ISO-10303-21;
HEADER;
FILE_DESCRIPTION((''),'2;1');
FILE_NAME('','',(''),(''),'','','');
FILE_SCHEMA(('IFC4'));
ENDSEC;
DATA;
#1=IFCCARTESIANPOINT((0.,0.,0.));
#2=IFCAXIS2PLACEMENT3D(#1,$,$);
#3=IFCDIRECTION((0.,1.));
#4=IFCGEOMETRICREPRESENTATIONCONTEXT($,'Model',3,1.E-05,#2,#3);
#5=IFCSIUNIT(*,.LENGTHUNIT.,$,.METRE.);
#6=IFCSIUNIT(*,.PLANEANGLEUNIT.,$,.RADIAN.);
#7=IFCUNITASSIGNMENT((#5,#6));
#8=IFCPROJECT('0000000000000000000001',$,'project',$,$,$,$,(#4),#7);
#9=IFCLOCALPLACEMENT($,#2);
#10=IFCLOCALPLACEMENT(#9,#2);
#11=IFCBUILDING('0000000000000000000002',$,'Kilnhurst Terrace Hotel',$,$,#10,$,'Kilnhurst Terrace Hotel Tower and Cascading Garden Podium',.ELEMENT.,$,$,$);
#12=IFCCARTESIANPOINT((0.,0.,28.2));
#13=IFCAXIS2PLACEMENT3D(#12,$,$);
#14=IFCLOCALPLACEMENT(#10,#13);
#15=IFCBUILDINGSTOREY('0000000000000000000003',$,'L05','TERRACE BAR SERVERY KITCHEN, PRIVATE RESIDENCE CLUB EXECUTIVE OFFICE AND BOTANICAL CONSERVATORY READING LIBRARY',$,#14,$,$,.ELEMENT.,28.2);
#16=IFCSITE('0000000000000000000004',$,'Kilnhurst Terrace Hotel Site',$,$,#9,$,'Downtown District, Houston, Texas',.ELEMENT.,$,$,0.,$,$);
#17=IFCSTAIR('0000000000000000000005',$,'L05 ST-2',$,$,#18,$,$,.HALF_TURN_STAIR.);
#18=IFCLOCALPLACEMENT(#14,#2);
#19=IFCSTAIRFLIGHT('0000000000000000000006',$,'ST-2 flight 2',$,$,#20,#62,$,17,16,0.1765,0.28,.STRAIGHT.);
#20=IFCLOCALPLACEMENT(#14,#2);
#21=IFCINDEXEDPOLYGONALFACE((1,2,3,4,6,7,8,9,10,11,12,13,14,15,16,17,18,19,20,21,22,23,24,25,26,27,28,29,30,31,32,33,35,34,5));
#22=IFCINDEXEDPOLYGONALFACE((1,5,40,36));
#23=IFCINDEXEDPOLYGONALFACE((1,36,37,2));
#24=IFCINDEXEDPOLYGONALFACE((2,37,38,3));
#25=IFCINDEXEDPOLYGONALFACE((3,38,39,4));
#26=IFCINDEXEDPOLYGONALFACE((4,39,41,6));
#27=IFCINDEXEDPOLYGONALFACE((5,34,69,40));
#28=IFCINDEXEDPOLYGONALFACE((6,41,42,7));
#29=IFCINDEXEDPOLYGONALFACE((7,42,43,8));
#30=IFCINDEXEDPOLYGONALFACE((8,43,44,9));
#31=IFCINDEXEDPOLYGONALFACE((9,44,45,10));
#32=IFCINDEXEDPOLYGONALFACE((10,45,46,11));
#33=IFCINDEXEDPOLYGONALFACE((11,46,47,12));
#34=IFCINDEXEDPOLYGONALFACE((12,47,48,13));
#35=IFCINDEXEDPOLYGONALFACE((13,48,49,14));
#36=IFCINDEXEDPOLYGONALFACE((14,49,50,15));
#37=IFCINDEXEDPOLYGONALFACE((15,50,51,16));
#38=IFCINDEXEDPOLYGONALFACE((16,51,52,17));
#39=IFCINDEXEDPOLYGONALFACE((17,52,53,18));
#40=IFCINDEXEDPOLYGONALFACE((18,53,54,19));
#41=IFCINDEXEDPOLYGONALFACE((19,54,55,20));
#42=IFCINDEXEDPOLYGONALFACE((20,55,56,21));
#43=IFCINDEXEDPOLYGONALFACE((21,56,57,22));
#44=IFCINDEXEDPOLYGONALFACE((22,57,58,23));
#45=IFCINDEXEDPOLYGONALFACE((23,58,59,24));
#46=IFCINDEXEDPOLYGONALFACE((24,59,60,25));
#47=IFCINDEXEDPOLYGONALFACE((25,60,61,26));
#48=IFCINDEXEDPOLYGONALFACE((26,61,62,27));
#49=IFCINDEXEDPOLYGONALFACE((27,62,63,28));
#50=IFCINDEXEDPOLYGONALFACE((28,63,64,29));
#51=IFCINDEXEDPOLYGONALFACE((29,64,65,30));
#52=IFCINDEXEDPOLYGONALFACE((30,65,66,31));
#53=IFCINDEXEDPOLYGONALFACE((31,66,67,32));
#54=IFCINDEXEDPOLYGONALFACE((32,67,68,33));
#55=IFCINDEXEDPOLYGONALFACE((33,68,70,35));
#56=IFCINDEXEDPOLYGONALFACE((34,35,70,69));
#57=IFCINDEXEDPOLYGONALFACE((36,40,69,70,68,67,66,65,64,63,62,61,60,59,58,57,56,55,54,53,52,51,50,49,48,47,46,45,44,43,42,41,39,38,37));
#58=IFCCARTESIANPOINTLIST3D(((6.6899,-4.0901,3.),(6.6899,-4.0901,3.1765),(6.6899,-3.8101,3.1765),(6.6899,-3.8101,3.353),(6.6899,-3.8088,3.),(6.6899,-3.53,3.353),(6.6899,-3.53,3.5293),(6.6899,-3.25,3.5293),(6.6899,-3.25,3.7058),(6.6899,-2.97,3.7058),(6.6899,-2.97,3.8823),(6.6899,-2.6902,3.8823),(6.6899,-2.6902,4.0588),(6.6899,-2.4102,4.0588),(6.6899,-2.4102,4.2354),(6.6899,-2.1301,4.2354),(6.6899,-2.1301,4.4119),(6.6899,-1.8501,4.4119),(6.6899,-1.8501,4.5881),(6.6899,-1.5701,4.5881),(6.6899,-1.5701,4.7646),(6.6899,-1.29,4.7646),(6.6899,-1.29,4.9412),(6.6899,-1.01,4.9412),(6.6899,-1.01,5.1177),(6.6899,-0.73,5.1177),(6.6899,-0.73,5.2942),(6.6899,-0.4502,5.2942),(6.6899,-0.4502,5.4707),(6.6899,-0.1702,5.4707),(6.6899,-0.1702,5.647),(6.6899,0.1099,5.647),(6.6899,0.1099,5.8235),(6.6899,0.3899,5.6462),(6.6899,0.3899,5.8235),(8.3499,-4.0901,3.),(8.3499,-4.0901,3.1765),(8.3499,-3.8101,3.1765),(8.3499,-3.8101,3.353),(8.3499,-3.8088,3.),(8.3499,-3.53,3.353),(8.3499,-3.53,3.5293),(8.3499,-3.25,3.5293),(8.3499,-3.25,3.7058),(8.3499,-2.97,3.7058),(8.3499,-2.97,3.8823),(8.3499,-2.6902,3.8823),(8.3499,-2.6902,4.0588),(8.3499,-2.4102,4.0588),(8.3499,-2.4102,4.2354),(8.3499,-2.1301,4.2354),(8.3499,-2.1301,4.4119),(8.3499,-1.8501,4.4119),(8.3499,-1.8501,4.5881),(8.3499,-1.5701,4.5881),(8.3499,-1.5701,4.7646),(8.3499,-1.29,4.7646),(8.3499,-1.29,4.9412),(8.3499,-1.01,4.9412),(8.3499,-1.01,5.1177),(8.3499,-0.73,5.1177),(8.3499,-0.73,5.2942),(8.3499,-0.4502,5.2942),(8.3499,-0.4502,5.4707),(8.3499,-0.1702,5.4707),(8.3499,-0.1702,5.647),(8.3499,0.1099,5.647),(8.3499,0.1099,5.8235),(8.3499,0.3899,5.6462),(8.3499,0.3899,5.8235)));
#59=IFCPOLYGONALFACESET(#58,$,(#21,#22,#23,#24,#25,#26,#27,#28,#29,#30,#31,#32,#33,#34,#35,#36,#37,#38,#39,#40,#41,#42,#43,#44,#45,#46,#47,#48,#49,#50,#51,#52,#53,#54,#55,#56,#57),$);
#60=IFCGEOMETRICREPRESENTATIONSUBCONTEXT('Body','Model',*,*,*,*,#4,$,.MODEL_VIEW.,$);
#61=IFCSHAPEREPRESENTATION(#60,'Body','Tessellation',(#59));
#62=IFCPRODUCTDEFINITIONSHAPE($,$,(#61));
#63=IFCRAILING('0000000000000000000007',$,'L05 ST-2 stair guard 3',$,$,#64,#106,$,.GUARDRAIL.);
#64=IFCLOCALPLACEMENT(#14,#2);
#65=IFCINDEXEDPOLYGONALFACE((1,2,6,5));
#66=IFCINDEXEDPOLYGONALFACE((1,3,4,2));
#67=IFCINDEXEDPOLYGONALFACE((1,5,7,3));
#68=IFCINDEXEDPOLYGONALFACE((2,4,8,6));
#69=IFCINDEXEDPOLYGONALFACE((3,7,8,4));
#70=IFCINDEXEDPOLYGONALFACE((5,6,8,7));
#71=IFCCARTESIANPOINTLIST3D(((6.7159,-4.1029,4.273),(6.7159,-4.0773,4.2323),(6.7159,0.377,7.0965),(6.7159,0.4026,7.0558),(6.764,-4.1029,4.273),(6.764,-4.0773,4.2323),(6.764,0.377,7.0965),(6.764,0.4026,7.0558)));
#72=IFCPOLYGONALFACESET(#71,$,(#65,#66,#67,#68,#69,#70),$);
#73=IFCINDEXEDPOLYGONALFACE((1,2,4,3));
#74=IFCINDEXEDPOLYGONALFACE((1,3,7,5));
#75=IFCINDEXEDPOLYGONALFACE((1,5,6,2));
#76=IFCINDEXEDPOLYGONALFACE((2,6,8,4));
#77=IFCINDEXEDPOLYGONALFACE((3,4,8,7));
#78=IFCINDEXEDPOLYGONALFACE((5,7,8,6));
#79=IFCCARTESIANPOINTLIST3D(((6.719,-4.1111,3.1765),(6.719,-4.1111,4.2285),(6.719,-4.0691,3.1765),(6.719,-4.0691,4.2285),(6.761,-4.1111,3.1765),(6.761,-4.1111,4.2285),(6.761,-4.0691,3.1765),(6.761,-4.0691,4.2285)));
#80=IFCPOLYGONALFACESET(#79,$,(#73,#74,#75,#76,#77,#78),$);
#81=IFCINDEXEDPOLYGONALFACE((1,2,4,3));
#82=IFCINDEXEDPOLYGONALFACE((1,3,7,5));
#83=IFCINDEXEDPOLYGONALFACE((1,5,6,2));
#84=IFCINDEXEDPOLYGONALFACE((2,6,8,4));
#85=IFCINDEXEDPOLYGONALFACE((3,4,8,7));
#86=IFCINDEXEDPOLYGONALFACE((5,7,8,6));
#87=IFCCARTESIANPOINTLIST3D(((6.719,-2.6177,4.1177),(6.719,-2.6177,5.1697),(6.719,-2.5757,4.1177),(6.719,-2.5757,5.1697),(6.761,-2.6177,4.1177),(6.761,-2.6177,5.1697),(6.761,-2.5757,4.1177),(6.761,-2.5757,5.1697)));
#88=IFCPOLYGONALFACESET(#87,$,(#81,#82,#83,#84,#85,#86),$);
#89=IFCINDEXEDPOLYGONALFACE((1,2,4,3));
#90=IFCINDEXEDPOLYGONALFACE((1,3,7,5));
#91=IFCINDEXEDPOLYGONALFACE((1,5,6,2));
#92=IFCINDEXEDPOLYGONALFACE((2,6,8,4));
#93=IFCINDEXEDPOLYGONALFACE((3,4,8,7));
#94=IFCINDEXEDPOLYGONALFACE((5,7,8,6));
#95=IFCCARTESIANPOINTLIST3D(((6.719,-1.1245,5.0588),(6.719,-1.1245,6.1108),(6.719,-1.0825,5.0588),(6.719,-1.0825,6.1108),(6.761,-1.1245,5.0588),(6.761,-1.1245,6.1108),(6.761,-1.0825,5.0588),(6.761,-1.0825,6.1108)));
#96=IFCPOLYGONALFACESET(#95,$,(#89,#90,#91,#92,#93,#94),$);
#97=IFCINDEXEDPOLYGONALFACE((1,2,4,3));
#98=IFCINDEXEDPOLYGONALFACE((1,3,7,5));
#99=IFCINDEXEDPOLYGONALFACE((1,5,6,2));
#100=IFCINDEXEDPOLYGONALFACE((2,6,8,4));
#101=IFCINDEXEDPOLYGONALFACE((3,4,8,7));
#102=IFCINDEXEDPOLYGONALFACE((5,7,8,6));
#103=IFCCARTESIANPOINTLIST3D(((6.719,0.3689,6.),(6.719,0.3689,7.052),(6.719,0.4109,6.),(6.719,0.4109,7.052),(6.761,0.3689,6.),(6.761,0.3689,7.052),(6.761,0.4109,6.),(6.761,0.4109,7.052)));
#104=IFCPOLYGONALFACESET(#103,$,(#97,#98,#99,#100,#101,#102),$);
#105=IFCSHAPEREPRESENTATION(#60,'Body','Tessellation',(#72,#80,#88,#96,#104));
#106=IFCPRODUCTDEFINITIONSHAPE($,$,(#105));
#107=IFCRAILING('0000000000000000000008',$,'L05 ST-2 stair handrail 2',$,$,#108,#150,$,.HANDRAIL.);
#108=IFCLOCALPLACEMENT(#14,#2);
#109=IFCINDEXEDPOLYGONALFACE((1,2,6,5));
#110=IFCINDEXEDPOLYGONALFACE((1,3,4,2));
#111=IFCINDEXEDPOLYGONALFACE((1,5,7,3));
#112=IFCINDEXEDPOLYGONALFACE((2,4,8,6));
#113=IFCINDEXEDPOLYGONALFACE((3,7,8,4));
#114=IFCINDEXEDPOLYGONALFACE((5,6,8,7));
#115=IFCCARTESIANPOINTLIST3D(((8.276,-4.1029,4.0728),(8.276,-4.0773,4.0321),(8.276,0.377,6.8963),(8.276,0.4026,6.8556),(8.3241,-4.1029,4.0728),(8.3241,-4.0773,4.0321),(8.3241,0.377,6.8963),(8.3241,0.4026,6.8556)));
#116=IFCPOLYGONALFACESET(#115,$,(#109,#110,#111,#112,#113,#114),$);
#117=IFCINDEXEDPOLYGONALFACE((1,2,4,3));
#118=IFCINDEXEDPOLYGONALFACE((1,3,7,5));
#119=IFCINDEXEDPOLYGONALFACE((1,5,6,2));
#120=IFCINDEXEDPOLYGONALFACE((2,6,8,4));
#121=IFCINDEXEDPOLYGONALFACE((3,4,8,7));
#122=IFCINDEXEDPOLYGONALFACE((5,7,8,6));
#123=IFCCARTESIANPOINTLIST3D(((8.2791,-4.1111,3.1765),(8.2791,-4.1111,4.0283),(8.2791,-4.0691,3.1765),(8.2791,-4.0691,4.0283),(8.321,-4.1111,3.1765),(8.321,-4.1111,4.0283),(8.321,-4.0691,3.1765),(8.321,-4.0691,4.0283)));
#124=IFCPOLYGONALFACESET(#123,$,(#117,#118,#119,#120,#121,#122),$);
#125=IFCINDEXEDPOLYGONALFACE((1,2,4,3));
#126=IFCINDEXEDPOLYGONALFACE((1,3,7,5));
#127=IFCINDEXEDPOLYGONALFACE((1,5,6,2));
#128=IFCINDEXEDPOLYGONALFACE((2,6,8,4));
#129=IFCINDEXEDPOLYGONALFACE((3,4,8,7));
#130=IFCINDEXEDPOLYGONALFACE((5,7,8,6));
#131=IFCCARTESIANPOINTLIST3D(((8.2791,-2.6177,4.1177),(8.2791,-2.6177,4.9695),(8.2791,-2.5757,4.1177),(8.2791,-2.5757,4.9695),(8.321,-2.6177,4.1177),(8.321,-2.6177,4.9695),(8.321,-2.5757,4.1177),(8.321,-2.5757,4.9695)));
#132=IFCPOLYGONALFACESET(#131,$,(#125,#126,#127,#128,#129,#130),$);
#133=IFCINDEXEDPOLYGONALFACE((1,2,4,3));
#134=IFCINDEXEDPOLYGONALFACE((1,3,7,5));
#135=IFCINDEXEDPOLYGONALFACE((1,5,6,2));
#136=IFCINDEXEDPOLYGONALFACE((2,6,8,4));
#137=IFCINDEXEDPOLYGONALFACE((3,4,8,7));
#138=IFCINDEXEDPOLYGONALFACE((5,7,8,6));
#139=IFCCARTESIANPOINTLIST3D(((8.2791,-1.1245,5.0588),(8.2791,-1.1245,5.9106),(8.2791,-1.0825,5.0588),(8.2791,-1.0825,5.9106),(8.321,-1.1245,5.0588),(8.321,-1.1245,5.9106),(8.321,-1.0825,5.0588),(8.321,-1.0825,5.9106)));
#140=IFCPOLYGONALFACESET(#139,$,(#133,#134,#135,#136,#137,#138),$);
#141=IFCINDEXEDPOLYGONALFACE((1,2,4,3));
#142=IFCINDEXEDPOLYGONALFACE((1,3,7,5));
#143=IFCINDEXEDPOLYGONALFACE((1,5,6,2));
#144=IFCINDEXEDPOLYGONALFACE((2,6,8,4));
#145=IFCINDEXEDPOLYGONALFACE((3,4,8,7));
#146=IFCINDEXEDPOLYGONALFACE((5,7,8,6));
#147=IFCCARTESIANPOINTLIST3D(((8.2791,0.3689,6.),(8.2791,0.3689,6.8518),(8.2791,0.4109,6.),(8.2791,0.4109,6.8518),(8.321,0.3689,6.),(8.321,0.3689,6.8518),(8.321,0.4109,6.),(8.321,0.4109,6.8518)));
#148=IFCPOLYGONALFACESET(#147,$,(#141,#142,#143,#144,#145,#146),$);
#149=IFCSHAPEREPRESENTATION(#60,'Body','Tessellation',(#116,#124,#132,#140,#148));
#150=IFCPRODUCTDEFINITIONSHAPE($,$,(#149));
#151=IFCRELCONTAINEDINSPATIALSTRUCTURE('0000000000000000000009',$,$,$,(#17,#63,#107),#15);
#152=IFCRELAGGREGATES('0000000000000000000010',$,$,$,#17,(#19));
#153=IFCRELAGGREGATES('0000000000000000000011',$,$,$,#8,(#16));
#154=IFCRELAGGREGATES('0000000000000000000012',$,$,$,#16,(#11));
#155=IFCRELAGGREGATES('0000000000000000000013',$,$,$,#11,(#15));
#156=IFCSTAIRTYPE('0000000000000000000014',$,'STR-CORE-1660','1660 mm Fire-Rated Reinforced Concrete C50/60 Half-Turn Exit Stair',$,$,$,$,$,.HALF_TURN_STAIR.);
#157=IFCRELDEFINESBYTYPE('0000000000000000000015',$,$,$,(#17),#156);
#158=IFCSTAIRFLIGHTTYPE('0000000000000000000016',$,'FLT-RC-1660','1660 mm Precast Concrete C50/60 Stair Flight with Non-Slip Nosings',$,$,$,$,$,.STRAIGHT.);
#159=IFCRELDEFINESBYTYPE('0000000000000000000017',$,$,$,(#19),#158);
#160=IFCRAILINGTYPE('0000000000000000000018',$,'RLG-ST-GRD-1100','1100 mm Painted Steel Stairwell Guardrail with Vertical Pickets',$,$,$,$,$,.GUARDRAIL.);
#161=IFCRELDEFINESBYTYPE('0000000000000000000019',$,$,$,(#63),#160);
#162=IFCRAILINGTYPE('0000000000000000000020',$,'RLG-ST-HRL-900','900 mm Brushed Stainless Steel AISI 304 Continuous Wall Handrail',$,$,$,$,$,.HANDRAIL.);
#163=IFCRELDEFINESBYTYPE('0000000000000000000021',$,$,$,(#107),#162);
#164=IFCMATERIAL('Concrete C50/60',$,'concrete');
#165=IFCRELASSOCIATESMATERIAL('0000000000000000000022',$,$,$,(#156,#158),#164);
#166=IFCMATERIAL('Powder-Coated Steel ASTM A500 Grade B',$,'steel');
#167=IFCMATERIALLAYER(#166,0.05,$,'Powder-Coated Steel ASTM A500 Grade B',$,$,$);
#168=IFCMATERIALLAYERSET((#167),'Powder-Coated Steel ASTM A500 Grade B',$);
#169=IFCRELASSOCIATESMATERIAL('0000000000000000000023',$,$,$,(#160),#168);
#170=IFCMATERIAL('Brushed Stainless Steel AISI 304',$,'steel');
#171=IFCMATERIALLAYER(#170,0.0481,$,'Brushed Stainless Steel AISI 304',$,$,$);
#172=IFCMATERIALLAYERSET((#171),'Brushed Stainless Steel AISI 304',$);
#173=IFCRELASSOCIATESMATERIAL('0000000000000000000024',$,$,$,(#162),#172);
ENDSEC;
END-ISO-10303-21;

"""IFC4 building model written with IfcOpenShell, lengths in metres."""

from ifc_helpers import new_model, si_unit, direction, frame, origin, origin_2d, place, context, subcontext, project, spatial, polyline, rectangle, outline, extrude, material, layer, layer_set, type_object, element, aggregate, save


model = new_model("IFC4")

# Units and contexts
model_context = context("Model", 3, precision=1e-05, world=origin(), true_north=direction((0.0, 1.0)))
body_context = subcontext(model_context, "Body", "Model", "MODEL_VIEW")
ifc_project = project(units=[si_unit("LENGTHUNIT", "METRE"), si_unit("PLANEANGLEUNIT", "RADIAN")], contexts=[model_context])

# Site, building, storey
site_placement = place(None, origin())
site = spatial("IfcSite", under=ifc_project, at=site_placement, Name="Kilnhurst Terrace Hotel Site", LongName="Downtown District, Houston, Texas", CompositionType="ELEMENT", RefElevation=0.0)
building_placement = place(site_placement, origin())
building = spatial("IfcBuilding", under=site, at=building_placement, Name="Kilnhurst Terrace Hotel", LongName="Kilnhurst Terrace Hotel Tower and Cascading Garden Podium", CompositionType="ELEMENT")
storey_placement = place(building_placement, frame((0.0, 0.0, 28.2)))
storey = spatial("IfcBuildingStorey", under=building, at=storey_placement, Name="L05", Description="TERRACE BAR SERVERY KITCHEN, PRIVATE RESIDENCE CLUB EXECUTIVE OFFICE AND BOTANICAL CONSERVATORY READING LIBRARY", CompositionType="ELEMENT", Elevation=28.2)

# Shared definitions
ifc_material_1 = material(Name="Concrete C50/60", Category="concrete")

# Stair, stair flight
stair_type = type_object("IfcStairType", Name="STR-CORE-1660", Description="1660 mm Fire-Rated Reinforced Concrete C50/60 Half-Turn Exit Stair", PredefinedType="HALF_TURN_STAIR", material=ifc_material_1)
stair_placement = place(storey_placement, origin())
stair = element("IfcStair", 1, at=stair_placement, inside=storey, type_object=stair_type, Name="L05 ST-2", PredefinedType="HALF_TURN_STAIR")
stair_flight_type = type_object("IfcStairFlightType", Name="FLT-RC-1660", Description="1660 mm Precast Concrete C50/60 Stair Flight with Non-Slip Nosings", PredefinedType="STRAIGHT", material=ifc_material_1)
stair_flight_placement = place(storey_placement, frame((7.52, -4.0901, 3.0), z_axis=(0.0, 0.0, 1.0), x_axis=(0.0, 1.0, 0.0)))
stair_flight = element("IfcStairFlight", 2, at=stair_flight_placement, type_object=stair_flight_type, Name="ST-2 flight 2", NumberOfRisers=17, NumberOfTreads=16, PredefinedType="STRAIGHT", RiserHeight=0.1765, TreadLength=0.28, context=body_context, shape_type="SweptSolid", body=[
    extrude(outline(polyline([(0.0, 0.0), (0.0, 0.1765), (0.28, 0.1765), (0.28, 0.353), (0.5601, 0.353), (0.5601, 0.5293), (0.8401, 0.5293), (0.8401, 0.7058), (1.1201, 0.7058), (1.1201, 0.8823), (1.3999, 0.8823), (1.3999, 1.0588), (1.6799, 1.0588), (1.6799, 1.2354), (1.96, 1.2354), (1.96, 1.4119), (2.24, 1.4119), (2.24, 1.5881), (2.52, 1.5881), (2.52, 1.7646), (2.8, 1.7646), (2.8, 1.9412), (3.0801, 1.9412), (3.0801, 2.1177), (3.3601, 2.1177), (3.3601, 2.2942), (3.6399, 2.2942), (3.6399, 2.4707), (3.9199, 2.4707), (3.9199, 2.647), (4.2, 2.647), (4.2, 2.8235), (4.48, 2.8235), (4.48, 3.0), (4.48, 2.6462), (0.2812, 0.0), (0.0, 0.0)])), frame((0.0, 0.8301, 0.0), z_axis=(0.0, -1.0, 0.0), x_axis=(1.0, 0.0, 0.0)), (0.0, 0.0, 1.0), 1.6599),
])
aggregate(stair, [stair_flight])

# Railings
ifc_material_2 = material(Name="Powder-Coated Steel ASTM A500 Grade B", Category="steel")
ifc_layer_1 = layer(ifc_material_2, 0.05, Name="Powder-Coated Steel ASTM A500 Grade B")
ifc_layer_set_1 = layer_set([ifc_layer_1], Name="Powder-Coated Steel ASTM A500 Grade B")
railing_type_1 = type_object("IfcRailingType", Name="RLG-ST-GRD-1100", Description="1100 mm Painted Steel Stairwell Guardrail with Vertical Pickets", PredefinedType="GUARDRAIL", material=ifc_layer_set_1)
railing_1_placement = place(storey_placement, frame((6.74, -4.0901, 3.1765)))
element("IfcRailing", 3, at=railing_1_placement, inside=storey, type_object=railing_type_1, Name="L05 ST-2 stair guard 3", PredefinedType="GUARDRAIL", context=body_context, shape_type="SweptSolid", body=[
    extrude(rectangle(XDim=0.0481, YDim=0.0481, at=origin_2d()), frame((0.0, 0.0, 1.0762), z_axis=(0.0, 0.845998, 0.533186), x_axis=(-1.0, 0.0, 0.0)), (0.0, 0.0, 1.0), 5.2954),
    extrude(rectangle(XDim=0.042, YDim=0.042, at=origin_2d()), origin(), (0.0, 0.0, 1.0), 1.052),
    extrude(rectangle(XDim=0.042, YDim=0.042, at=origin_2d()), frame((0.0, 1.4934, 0.9412)), (0.0, 0.0, 1.0), 1.052),
    extrude(rectangle(XDim=0.042, YDim=0.042, at=origin_2d()), frame((0.0, 2.9866, 1.8823)), (0.0, 0.0, 1.0), 1.052),
    extrude(rectangle(XDim=0.042, YDim=0.042, at=origin_2d()), frame((0.0, 4.48, 2.8235)), (0.0, 0.0, 1.0), 1.052),
])
ifc_material_3 = material(Name="Brushed Stainless Steel AISI 304", Category="steel")
ifc_layer_2 = layer(ifc_material_3, 0.0481, Name="Brushed Stainless Steel AISI 304")
ifc_layer_set_2 = layer_set([ifc_layer_2], Name="Brushed Stainless Steel AISI 304")
railing_type_2 = type_object("IfcRailingType", Name="RLG-ST-HRL-900", Description="900 mm Brushed Stainless Steel AISI 304 Continuous Wall Handrail", PredefinedType="HANDRAIL", material=ifc_layer_set_2)
railing_2_placement = place(storey_placement, frame((8.3, -4.0901, 3.1765)))
element("IfcRailing", 4, at=railing_2_placement, inside=storey, type_object=railing_type_2, Name="L05 ST-2 stair handrail 2", PredefinedType="HANDRAIL", context=body_context, shape_type="SweptSolid", body=[
    extrude(rectangle(XDim=0.0481, YDim=0.0481, at=origin_2d()), frame((0.0, 0.0, 0.876), z_axis=(0.0, 0.845998, 0.533186), x_axis=(-1.0, 0.0, 0.0)), (0.0, 0.0, 1.0), 5.2954),
    extrude(rectangle(XDim=0.042, YDim=0.042, at=origin_2d()), origin(), (0.0, 0.0, 1.0), 0.8518),
    extrude(rectangle(XDim=0.042, YDim=0.042, at=origin_2d()), frame((0.0, 1.4934, 0.9412)), (0.0, 0.0, 1.0), 0.8518),
    extrude(rectangle(XDim=0.042, YDim=0.042, at=origin_2d()), frame((0.0, 2.9866, 1.8823)), (0.0, 0.0, 1.0), 0.8518),
    extrude(rectangle(XDim=0.042, YDim=0.042, at=origin_2d()), frame((0.0, 4.48, 2.8235)), (0.0, 0.0, 1.0), 0.8518),
])

save(model, "model.ifc")
